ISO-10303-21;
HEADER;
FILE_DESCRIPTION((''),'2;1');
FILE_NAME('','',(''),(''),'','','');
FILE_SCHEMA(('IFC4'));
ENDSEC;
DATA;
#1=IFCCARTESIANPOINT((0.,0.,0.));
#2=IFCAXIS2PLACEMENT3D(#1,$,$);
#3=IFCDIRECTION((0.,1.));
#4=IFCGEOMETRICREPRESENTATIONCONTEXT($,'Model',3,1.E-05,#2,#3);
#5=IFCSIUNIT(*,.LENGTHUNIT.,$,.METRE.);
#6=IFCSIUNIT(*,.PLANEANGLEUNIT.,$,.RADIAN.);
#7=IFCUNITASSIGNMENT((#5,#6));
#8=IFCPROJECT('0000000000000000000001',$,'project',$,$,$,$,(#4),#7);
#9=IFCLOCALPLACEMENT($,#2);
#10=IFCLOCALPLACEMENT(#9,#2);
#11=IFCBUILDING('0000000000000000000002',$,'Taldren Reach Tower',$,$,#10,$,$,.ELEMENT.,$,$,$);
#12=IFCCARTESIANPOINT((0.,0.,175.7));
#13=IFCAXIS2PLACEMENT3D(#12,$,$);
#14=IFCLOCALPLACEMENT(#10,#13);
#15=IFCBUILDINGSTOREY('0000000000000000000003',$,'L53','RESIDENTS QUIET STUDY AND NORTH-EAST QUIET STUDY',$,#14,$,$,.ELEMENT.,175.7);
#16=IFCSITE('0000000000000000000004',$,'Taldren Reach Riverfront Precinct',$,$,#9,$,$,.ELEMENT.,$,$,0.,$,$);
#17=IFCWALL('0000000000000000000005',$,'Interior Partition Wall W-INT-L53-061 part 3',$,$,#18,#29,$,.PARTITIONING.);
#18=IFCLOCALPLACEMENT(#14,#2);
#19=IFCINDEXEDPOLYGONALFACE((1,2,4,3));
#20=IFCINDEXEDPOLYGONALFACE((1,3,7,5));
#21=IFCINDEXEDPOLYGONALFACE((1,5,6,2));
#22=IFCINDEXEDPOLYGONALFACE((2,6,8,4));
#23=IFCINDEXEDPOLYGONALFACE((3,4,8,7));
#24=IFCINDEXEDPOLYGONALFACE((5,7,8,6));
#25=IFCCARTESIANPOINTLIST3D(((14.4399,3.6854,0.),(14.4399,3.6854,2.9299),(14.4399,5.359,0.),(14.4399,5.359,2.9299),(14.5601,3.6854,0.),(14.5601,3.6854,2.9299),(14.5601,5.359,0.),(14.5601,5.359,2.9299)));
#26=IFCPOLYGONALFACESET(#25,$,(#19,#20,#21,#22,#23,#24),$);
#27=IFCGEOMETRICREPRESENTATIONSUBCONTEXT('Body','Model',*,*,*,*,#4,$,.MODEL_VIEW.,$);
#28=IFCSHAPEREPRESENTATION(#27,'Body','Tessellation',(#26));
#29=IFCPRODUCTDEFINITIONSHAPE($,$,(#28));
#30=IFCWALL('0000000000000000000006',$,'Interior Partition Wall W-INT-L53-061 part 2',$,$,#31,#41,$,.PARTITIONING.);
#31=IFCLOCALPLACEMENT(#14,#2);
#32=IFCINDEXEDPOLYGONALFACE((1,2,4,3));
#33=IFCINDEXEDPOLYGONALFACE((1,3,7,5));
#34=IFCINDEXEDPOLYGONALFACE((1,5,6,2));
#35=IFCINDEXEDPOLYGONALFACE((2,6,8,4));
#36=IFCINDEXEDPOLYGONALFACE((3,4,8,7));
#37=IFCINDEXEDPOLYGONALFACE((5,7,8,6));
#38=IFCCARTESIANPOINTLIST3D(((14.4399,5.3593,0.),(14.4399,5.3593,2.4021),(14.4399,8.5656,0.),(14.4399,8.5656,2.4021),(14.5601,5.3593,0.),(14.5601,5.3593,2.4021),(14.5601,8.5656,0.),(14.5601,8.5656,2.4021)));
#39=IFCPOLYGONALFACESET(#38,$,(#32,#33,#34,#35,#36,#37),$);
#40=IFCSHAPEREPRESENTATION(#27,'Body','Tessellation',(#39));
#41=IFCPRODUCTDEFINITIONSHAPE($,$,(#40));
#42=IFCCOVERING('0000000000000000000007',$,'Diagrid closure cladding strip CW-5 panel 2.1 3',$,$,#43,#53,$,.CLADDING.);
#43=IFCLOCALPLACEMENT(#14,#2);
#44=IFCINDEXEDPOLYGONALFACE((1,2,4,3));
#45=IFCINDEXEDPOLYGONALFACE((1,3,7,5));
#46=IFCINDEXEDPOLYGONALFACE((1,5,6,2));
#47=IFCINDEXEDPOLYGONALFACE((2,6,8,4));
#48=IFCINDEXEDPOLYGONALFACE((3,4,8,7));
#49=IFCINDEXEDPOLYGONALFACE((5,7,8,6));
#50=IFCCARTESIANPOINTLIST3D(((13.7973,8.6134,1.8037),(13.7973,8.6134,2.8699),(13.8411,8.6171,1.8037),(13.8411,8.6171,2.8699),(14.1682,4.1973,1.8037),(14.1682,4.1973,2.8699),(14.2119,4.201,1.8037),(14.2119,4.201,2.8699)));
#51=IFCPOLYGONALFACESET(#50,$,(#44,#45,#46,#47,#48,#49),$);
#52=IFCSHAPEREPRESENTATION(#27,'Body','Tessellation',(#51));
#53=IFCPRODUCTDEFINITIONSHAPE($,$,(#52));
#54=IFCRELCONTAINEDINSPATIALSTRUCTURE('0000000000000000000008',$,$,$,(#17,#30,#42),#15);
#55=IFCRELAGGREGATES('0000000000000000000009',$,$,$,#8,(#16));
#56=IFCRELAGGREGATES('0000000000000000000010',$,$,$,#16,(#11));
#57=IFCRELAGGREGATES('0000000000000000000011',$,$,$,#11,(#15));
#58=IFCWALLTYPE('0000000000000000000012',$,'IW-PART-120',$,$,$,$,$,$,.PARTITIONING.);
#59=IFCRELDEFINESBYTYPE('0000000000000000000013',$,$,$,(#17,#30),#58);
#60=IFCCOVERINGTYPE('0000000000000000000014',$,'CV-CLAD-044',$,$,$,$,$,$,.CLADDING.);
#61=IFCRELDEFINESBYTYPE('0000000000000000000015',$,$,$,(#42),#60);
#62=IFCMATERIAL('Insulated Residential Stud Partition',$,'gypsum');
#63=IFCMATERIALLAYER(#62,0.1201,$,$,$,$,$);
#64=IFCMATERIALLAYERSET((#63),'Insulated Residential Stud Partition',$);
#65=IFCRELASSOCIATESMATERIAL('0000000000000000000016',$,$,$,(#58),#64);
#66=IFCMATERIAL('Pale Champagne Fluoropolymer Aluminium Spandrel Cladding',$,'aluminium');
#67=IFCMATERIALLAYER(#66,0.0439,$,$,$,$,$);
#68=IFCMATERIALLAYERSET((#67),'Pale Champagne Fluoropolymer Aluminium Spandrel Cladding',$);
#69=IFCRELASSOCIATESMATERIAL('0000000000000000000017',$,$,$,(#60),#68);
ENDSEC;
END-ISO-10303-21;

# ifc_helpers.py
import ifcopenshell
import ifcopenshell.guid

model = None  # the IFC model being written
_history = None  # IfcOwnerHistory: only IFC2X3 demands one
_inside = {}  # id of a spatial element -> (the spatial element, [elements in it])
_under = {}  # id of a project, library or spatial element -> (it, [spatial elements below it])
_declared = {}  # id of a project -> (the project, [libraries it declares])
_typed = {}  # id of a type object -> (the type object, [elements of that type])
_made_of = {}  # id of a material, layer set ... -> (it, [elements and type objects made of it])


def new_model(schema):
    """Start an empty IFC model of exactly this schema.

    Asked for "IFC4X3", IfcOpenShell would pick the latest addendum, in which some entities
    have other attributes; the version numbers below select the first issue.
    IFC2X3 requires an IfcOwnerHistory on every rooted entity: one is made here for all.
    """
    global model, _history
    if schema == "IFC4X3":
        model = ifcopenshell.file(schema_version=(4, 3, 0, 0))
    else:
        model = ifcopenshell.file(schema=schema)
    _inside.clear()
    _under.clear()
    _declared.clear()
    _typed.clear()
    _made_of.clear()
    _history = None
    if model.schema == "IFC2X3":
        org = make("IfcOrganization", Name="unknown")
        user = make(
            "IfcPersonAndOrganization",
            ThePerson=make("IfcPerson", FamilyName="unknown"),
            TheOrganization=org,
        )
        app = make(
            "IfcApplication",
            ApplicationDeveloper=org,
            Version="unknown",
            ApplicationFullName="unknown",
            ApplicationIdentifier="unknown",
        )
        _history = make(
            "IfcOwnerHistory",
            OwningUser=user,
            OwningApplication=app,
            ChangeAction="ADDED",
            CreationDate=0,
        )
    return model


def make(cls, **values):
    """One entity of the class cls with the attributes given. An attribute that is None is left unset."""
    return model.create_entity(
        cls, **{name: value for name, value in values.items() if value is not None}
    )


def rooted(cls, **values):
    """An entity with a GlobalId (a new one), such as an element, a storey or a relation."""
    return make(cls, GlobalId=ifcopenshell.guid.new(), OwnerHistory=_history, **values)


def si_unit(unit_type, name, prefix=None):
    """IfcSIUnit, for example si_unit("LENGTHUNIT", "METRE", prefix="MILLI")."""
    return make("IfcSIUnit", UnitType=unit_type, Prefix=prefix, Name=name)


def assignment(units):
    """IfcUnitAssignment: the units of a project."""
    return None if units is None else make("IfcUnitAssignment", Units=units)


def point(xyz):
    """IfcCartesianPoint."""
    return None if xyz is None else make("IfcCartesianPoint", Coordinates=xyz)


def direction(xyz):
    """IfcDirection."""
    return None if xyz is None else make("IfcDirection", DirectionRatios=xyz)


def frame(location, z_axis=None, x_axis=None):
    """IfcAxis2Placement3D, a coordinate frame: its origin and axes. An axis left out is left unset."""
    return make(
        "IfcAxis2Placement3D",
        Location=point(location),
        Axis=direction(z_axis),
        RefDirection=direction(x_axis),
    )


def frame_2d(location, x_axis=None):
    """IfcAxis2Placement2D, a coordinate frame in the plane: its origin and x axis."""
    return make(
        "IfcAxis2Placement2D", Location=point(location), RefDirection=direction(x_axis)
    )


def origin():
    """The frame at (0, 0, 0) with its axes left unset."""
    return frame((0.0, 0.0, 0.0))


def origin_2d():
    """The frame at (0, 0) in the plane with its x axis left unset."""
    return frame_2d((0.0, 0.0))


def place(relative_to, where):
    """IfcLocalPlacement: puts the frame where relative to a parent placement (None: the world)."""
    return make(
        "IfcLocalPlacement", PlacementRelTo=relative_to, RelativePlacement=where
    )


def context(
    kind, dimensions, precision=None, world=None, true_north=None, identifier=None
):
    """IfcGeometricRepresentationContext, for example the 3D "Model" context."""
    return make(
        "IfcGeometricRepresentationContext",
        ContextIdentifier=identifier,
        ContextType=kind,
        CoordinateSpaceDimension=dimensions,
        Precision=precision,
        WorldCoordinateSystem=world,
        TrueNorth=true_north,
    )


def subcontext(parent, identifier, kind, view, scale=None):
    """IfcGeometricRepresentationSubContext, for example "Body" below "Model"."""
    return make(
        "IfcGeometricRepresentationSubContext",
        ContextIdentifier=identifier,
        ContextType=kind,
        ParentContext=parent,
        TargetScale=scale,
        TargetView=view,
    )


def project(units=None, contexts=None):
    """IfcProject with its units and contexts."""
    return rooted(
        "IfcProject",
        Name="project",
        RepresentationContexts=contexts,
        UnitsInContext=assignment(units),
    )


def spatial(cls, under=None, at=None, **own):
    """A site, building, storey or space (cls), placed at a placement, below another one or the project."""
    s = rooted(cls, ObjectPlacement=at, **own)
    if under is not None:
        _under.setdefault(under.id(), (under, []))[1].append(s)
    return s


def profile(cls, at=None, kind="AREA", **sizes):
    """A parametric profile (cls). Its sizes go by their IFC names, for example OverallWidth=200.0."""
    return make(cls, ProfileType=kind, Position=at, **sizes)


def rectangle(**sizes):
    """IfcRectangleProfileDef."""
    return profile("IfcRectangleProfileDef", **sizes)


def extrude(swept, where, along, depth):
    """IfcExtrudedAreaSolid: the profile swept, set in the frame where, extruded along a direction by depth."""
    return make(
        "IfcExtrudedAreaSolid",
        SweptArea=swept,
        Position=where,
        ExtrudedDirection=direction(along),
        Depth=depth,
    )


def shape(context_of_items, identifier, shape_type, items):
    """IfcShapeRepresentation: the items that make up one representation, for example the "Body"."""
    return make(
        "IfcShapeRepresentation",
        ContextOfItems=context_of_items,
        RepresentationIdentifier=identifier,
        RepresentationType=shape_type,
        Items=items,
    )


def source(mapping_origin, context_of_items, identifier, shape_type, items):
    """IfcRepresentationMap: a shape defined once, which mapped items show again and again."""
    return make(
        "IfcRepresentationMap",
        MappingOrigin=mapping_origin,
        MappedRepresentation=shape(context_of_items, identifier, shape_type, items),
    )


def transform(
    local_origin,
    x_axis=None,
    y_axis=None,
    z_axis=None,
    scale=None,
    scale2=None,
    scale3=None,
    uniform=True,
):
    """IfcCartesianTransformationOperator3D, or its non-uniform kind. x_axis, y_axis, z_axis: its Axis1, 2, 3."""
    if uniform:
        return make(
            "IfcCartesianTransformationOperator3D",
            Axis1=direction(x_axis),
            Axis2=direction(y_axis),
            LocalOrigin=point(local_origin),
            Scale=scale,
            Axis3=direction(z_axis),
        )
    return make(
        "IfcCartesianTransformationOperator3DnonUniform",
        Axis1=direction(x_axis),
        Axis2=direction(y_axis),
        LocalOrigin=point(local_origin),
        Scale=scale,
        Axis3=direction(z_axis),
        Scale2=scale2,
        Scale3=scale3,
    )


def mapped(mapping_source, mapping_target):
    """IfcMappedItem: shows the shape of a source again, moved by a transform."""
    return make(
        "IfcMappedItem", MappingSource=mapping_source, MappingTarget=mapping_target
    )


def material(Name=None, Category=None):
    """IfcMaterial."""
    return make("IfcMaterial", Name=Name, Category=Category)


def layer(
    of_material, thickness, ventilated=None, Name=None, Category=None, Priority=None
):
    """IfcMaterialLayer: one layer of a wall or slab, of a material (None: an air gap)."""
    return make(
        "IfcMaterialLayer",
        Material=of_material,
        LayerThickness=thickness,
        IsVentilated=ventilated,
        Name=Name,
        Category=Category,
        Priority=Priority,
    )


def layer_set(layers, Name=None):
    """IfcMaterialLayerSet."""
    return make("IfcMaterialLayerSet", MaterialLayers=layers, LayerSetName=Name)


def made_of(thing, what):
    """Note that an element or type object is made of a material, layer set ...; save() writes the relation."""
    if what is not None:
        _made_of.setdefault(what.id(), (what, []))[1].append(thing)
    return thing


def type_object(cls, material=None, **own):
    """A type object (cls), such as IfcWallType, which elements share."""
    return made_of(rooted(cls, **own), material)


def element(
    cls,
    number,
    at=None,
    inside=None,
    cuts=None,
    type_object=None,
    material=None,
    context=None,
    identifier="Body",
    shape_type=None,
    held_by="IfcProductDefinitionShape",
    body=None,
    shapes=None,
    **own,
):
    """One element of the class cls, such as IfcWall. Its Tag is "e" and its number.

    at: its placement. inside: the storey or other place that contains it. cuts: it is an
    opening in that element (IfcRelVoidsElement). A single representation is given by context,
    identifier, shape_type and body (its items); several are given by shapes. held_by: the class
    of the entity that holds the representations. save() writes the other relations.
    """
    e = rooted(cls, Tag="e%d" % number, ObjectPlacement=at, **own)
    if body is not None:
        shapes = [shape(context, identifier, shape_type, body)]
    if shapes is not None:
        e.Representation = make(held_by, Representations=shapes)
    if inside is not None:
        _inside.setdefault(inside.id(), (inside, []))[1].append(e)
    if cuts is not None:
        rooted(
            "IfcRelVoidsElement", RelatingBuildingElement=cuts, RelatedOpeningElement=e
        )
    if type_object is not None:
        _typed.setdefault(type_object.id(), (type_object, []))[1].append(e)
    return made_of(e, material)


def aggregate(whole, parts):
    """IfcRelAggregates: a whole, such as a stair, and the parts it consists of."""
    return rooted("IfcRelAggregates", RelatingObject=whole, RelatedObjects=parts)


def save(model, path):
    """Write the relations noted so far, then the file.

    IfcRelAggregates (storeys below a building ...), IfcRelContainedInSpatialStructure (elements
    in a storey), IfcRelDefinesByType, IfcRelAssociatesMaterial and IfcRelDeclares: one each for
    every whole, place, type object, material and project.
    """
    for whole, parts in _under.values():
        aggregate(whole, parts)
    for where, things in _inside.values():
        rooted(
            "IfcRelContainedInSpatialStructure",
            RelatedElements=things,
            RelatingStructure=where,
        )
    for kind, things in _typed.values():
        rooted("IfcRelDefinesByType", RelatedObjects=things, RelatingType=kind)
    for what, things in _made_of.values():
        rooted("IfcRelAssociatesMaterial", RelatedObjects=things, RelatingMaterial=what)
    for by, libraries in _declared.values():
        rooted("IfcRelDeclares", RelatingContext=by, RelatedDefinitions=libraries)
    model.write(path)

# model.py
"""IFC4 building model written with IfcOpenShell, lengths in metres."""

from ifc_helpers import new_model, si_unit, direction, frame, frame_2d, origin, origin_2d, place, context, subcontext, project, spatial, rectangle, extrude, source, transform, mapped, material, layer, layer_set, type_object, element, save


model = new_model("IFC4")

# Units and contexts
model_context = context("Model", 3, precision=1e-05, world=origin(), true_north=direction((0.0, 1.0)))
body_context = subcontext(model_context, "Body", "Model", "MODEL_VIEW")
ifc_project = project(units=[si_unit("LENGTHUNIT", "METRE"), si_unit("PLANEANGLEUNIT", "RADIAN")], contexts=[model_context])

# Site, building, storey
site_placement = place(None, origin())
site = spatial("IfcSite", under=ifc_project, at=site_placement, Name="Taldren Reach Riverfront Precinct", CompositionType="ELEMENT", RefElevation=0.0)
building_placement = place(site_placement, origin())
building = spatial("IfcBuilding", under=site, at=building_placement, Name="Taldren Reach Tower", CompositionType="ELEMENT")
storey_placement = place(building_placement, frame((0.0, 0.0, 175.7)))
storey = spatial("IfcBuildingStorey", under=building, at=storey_placement, Name="L53", Description="RESIDENTS QUIET STUDY AND NORTH-EAST QUIET STUDY", CompositionType="ELEMENT", Elevation=175.7)

# Walls
ifc_material_1 = material(Name="Insulated Residential Stud Partition", Category="gypsum")
ifc_layer_1 = layer(ifc_material_1, 0.1201)
ifc_layer_set_1 = layer_set([ifc_layer_1], Name="Insulated Residential Stud Partition")
wall_type_1 = type_object("IfcWallType", Name="IW-PART-120", PredefinedType="PARTITIONING", material=ifc_layer_set_1)
shared_shape_1 = source(origin(), body_context, "Body", "SweptSolid", [
    extrude(rectangle(XDim=1.6736, YDim=0.1201, at=frame_2d((0.8369, 0.0))), origin(), (0.0, 0.0, 1.0), 2.9299),
])
wall_1_placement = place(storey_placement, frame((14.5, 5.3591, 0.0), z_axis=(0.0, 0.0, 1.0), x_axis=(0.0, -1.0, 0.0)))
element("IfcWall", 1, at=wall_1_placement, inside=storey, type_object=wall_type_1, Name="Interior Partition Wall W-INT-L53-061 part 3", PredefinedType="PARTITIONING", context=body_context, shape_type="MappedRepresentation", body=[
    mapped(shared_shape_1, transform((0.0, 0.0, 0.0), scale=1.0)),
])
shared_shape_2 = source(origin(), body_context, "Body", "SweptSolid", [
    extrude(rectangle(XDim=3.2063, YDim=0.1201, at=frame_2d((1.603, 0.0))), origin(), (0.0, 0.0, 1.0), 2.4021),
])
wall_2_placement = place(storey_placement, frame((14.5, 8.5654, 0.0), z_axis=(0.0, 0.0, 1.0), x_axis=(0.0, -1.0, 0.0)))
element("IfcWall", 2, at=wall_2_placement, inside=storey, type_object=wall_type_1, Name="Interior Partition Wall W-INT-L53-061 part 2", PredefinedType="PARTITIONING", context=body_context, shape_type="MappedRepresentation", body=[
    mapped(shared_shape_2, transform((0.0, 0.0, 0.0), scale=1.0)),
])

# Covering
ifc_material_2 = material(Name="Pale Champagne Fluoropolymer Aluminium Spandrel Cladding", Category="aluminium")
ifc_layer_2 = layer(ifc_material_2, 0.0439)
ifc_layer_set_2 = layer_set([ifc_layer_2], Name="Pale Champagne Fluoropolymer Aluminium Spandrel Cladding")
covering_type = type_object("IfcCoveringType", Name="CV-CLAD-044", PredefinedType="CLADDING", material=ifc_layer_set_2)
shared_shape_3 = source(origin(), body_context, "Body", "SweptSolid", [
    extrude(rectangle(XDim=4.4316, YDim=0.0439, at=origin_2d()), origin(), (0.0, 0.0, 1.0), 1.0662),
])
covering_placement = place(storey_placement, frame((14.0046, 6.4072, 1.8037), z_axis=(0.0, 0.0, 1.0), x_axis=(0.083678, -0.996493, 0.0)))
element("IfcCovering", 3, at=covering_placement, inside=storey, type_object=covering_type, Name="Diagrid closure cladding strip CW-5 panel 2.1 3", PredefinedType="CLADDING", context=body_context, shape_type="MappedRepresentation", body=[
    mapped(shared_shape_3, transform((0.0, 0.0, 0.0), scale=1.0)),
])

save(model, "model.ifc")
